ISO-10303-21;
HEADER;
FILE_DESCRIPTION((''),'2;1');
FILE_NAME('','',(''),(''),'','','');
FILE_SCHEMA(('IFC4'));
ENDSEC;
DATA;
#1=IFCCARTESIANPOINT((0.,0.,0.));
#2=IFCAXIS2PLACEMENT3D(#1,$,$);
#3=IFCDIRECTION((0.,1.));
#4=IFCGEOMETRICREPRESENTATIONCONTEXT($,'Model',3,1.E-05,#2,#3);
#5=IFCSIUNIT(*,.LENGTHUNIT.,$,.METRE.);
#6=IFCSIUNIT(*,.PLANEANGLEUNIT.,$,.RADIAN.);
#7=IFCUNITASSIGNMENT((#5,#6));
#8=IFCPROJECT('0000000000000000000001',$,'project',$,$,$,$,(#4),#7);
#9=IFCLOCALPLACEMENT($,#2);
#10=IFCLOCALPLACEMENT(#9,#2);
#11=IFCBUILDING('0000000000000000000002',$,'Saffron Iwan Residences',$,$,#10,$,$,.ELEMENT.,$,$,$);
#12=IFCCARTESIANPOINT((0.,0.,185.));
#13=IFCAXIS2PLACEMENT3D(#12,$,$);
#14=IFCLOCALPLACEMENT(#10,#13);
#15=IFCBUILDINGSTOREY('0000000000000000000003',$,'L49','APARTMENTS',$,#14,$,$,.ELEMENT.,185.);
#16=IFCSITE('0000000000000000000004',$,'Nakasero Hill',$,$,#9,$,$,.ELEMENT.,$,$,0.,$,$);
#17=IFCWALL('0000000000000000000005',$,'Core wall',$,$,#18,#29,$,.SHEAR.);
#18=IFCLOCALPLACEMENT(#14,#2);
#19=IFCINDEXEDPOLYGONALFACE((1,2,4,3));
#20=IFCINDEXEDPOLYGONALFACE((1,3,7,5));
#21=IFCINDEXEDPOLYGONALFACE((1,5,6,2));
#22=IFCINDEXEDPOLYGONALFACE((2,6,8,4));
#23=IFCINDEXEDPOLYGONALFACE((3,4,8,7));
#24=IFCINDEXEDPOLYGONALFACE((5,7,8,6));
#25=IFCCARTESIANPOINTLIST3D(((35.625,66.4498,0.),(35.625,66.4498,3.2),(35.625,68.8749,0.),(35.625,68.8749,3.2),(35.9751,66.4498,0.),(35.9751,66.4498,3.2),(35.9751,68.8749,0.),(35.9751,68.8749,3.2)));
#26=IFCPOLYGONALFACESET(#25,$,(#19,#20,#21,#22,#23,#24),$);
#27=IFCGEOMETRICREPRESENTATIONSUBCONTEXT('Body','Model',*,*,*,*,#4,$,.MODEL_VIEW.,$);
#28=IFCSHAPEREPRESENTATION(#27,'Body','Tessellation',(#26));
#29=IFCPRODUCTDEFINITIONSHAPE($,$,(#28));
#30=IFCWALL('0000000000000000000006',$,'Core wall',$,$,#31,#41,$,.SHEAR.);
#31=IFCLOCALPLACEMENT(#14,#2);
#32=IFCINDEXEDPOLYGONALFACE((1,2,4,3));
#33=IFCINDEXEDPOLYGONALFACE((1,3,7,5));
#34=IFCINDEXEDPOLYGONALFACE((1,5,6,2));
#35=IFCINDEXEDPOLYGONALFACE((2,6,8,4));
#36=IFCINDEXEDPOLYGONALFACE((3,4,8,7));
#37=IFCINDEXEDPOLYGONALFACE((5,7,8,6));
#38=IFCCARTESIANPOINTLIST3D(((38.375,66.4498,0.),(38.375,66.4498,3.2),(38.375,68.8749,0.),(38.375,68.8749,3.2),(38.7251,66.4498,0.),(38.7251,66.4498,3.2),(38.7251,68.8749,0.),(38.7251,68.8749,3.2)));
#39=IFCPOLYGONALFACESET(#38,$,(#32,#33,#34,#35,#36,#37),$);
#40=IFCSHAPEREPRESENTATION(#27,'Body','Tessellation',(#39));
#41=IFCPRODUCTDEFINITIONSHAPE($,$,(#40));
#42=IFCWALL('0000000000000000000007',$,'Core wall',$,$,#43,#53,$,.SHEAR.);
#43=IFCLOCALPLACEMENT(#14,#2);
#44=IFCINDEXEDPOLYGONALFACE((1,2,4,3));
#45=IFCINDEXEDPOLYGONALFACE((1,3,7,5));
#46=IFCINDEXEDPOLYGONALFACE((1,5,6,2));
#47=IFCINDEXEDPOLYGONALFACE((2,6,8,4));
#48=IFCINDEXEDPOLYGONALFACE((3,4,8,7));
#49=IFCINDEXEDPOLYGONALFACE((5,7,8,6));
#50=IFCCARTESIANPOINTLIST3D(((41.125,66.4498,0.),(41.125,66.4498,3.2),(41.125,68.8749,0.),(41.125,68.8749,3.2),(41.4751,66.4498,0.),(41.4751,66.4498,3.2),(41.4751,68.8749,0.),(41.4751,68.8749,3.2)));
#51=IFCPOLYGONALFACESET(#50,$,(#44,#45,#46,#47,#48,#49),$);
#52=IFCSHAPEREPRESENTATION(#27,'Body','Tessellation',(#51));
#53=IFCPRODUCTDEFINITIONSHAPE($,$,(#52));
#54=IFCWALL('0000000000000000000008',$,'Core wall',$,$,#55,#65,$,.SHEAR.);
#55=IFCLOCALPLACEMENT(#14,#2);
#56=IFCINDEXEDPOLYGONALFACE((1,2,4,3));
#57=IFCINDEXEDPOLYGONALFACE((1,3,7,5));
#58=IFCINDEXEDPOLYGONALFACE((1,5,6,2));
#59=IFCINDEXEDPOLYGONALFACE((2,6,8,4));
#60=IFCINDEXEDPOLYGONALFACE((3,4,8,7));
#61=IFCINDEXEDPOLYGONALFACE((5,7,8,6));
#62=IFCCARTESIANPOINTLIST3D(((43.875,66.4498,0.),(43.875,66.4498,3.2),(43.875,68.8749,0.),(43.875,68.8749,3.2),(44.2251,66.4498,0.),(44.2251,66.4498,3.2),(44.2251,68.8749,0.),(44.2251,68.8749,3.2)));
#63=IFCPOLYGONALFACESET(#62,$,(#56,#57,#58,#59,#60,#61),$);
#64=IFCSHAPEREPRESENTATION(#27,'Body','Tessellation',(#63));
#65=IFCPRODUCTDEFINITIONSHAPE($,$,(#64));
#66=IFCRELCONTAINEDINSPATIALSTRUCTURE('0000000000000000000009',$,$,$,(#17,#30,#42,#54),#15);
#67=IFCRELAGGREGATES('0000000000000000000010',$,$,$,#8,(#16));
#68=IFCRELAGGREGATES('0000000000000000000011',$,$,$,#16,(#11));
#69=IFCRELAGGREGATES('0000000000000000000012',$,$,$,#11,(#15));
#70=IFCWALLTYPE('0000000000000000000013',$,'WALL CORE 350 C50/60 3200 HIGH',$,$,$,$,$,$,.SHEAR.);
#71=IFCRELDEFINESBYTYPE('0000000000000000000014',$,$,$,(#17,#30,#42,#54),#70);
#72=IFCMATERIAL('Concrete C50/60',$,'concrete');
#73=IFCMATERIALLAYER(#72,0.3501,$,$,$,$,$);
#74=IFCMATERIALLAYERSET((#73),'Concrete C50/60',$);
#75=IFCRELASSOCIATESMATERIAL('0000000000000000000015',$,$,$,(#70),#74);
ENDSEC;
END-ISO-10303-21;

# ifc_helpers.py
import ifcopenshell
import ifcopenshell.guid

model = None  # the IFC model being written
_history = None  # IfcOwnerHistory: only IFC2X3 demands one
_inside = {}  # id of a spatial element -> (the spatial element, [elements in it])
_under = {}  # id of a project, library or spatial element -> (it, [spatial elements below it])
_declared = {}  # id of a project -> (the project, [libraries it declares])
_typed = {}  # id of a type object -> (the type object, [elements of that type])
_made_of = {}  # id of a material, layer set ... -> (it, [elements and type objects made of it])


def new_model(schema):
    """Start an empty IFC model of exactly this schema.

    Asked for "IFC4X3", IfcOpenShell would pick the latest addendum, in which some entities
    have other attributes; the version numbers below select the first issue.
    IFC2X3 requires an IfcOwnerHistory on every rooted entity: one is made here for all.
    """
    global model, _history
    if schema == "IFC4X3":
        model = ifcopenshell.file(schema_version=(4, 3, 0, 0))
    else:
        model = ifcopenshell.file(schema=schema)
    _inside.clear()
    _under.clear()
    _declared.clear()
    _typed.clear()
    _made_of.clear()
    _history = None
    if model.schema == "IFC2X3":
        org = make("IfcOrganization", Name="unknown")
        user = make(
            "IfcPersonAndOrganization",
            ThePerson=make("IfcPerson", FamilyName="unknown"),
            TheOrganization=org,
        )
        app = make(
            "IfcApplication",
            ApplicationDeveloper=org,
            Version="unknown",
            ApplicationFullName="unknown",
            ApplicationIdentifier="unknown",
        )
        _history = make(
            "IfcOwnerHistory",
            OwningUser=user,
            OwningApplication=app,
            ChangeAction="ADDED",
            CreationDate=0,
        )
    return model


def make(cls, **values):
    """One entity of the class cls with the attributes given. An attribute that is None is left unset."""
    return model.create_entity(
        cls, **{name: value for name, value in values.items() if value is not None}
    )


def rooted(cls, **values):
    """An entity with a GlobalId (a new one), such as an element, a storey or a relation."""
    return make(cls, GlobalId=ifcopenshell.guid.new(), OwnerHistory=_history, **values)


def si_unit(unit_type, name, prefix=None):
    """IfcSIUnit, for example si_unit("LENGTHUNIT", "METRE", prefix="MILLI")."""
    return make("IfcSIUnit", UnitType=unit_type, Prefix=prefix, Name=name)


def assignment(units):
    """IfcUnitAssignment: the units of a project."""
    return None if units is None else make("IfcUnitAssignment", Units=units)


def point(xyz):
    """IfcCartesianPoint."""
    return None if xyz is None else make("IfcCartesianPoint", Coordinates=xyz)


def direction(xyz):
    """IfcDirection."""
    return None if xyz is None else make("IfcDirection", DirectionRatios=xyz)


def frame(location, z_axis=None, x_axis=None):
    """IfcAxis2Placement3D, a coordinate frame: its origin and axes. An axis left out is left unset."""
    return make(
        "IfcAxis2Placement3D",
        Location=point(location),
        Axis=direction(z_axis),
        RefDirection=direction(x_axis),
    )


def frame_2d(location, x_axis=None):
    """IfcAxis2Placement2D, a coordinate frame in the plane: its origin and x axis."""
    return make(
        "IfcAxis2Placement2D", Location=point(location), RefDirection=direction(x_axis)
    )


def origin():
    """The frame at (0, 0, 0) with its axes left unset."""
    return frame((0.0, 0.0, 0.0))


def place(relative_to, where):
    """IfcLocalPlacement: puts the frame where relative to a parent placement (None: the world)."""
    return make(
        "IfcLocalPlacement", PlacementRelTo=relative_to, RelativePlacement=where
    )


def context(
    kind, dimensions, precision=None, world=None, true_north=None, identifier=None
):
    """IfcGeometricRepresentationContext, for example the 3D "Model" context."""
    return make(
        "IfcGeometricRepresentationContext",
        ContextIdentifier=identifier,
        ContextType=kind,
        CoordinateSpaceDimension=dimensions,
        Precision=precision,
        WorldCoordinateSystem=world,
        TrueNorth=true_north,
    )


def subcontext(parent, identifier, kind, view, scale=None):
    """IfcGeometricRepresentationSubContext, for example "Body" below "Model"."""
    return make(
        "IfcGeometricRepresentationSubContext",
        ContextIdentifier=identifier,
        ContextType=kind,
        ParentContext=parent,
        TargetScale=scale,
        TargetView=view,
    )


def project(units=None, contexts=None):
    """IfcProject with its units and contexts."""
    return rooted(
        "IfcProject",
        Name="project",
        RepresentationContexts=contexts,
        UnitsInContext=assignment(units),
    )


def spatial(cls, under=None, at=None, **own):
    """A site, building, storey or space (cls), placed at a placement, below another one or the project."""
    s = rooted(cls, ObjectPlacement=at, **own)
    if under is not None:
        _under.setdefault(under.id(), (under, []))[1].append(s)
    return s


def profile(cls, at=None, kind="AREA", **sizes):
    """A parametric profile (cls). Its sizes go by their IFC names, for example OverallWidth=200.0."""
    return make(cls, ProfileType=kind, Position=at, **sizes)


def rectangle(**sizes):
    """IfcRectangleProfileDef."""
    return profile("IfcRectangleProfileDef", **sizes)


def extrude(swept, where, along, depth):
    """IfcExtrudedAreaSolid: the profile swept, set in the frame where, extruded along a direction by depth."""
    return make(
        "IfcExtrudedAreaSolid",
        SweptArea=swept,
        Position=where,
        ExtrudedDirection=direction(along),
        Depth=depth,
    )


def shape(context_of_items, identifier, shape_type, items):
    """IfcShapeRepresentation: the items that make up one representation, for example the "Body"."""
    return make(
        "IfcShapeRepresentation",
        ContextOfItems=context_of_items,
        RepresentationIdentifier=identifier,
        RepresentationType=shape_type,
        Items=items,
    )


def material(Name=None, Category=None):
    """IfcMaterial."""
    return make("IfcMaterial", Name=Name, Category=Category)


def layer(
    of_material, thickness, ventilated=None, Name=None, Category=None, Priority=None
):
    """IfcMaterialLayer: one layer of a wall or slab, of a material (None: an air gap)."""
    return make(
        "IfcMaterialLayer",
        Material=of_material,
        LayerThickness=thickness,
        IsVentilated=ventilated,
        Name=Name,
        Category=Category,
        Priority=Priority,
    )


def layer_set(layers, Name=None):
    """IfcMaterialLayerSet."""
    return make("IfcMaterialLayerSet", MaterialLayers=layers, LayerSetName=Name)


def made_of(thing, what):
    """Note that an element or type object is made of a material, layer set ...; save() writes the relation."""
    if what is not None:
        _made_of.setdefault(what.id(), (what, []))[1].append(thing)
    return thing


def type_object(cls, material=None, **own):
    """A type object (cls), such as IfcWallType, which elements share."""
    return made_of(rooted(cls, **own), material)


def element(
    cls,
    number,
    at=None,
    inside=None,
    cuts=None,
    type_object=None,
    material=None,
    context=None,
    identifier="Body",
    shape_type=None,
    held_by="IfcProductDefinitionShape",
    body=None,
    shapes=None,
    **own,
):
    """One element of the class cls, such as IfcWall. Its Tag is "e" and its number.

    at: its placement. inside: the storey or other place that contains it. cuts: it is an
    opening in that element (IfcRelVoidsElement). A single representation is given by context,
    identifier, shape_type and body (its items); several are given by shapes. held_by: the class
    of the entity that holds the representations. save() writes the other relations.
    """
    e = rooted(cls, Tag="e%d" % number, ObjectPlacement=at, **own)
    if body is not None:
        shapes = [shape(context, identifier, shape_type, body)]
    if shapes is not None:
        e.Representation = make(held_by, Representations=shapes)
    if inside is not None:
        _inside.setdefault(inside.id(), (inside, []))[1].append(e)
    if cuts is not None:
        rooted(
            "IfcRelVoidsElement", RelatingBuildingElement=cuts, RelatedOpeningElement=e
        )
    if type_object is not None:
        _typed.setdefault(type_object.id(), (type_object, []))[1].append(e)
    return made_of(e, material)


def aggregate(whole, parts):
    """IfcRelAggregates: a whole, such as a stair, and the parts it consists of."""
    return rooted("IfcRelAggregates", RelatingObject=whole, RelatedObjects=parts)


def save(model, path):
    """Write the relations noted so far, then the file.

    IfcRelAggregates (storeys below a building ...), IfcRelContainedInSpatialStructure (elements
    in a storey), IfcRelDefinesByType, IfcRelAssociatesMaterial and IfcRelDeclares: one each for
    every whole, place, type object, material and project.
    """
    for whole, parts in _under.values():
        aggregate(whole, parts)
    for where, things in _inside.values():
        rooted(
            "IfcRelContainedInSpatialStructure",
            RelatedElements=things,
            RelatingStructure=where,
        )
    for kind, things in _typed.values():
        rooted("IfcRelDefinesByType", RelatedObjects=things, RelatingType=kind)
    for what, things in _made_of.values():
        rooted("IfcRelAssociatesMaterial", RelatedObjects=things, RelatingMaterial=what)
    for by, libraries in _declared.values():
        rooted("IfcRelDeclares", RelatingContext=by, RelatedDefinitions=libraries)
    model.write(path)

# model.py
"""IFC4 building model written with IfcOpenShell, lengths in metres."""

from ifc_helpers import new_model, si_unit, direction, frame, frame_2d, origin, place, context, subcontext, project, spatial, rectangle, extrude, material, layer, layer_set, type_object, element, save


model = new_model("IFC4")

# Units and contexts
model_context = context("Model", 3, precision=1e-05, world=origin(), true_north=direction((0.0, 1.0)))
body_context = subcontext(model_context, "Body", "Model", "MODEL_VIEW")
ifc_project = project(units=[si_unit("LENGTHUNIT", "METRE"), si_unit("PLANEANGLEUNIT", "RADIAN")], contexts=[model_context])

# Site, building, storey
site_placement = place(None, origin())
site = spatial("IfcSite", under=ifc_project, at=site_placement, Name="Nakasero Hill", CompositionType="ELEMENT", RefElevation=0.0)
building_placement = place(site_placement, origin())
building = spatial("IfcBuilding", under=site, at=building_placement, Name="Saffron Iwan Residences", CompositionType="ELEMENT")
storey_placement = place(building_placement, frame((0.0, 0.0, 185.0)))
storey = spatial("IfcBuildingStorey", under=building, at=storey_placement, Name="L49", Description="APARTMENTS", CompositionType="ELEMENT", Elevation=185.0)

# Shared definitions
ifc_material_1 = material(Name="Concrete C50/60", Category="concrete")

# Shared definitions
ifc_layer_1 = layer(ifc_material_1, 0.3501)
ifc_layer_set_1 = layer_set([ifc_layer_1], Name="Concrete C50/60")
wall_type_1 = type_object("IfcWallType", Name="WALL CORE 350 C50/60 3200 HIGH", PredefinedType="SHEAR", material=ifc_layer_set_1)

# Walls
for number, where, z_axis, x_axis, name in (
    (1, (35.8, 66.45, 0.0), (0.0, 0.0, 1.0), (0.0, 1.0, 0.0), "Core wall"),
    (2, (38.55, 66.45, 0.0), (0.0, 0.0, 1.0), (0.0, 1.0, 0.0), "Core wall"),
    (3, (41.3, 66.45, 0.0), (0.0, 0.0, 1.0), (0.0, 1.0, 0.0), "Core wall"),
    (4, (44.05, 66.45, 0.0), (0.0, 0.0, 1.0), (0.0, 1.0, 0.0), "Core wall"),
):
    element("IfcWall", number, at=place(storey_placement, frame(where, z_axis=z_axis, x_axis=x_axis)), inside=storey, type_object=wall_type_1, Name=name, PredefinedType="SHEAR", context=body_context, shape_type="SweptSolid", body=[
        extrude(rectangle(XDim=2.425, YDim=0.3501, at=frame_2d((1.2124, 0.0))), origin(), (0.0, 0.0, 1.0), 3.2),
    ])

save(model, "model.ifc")
